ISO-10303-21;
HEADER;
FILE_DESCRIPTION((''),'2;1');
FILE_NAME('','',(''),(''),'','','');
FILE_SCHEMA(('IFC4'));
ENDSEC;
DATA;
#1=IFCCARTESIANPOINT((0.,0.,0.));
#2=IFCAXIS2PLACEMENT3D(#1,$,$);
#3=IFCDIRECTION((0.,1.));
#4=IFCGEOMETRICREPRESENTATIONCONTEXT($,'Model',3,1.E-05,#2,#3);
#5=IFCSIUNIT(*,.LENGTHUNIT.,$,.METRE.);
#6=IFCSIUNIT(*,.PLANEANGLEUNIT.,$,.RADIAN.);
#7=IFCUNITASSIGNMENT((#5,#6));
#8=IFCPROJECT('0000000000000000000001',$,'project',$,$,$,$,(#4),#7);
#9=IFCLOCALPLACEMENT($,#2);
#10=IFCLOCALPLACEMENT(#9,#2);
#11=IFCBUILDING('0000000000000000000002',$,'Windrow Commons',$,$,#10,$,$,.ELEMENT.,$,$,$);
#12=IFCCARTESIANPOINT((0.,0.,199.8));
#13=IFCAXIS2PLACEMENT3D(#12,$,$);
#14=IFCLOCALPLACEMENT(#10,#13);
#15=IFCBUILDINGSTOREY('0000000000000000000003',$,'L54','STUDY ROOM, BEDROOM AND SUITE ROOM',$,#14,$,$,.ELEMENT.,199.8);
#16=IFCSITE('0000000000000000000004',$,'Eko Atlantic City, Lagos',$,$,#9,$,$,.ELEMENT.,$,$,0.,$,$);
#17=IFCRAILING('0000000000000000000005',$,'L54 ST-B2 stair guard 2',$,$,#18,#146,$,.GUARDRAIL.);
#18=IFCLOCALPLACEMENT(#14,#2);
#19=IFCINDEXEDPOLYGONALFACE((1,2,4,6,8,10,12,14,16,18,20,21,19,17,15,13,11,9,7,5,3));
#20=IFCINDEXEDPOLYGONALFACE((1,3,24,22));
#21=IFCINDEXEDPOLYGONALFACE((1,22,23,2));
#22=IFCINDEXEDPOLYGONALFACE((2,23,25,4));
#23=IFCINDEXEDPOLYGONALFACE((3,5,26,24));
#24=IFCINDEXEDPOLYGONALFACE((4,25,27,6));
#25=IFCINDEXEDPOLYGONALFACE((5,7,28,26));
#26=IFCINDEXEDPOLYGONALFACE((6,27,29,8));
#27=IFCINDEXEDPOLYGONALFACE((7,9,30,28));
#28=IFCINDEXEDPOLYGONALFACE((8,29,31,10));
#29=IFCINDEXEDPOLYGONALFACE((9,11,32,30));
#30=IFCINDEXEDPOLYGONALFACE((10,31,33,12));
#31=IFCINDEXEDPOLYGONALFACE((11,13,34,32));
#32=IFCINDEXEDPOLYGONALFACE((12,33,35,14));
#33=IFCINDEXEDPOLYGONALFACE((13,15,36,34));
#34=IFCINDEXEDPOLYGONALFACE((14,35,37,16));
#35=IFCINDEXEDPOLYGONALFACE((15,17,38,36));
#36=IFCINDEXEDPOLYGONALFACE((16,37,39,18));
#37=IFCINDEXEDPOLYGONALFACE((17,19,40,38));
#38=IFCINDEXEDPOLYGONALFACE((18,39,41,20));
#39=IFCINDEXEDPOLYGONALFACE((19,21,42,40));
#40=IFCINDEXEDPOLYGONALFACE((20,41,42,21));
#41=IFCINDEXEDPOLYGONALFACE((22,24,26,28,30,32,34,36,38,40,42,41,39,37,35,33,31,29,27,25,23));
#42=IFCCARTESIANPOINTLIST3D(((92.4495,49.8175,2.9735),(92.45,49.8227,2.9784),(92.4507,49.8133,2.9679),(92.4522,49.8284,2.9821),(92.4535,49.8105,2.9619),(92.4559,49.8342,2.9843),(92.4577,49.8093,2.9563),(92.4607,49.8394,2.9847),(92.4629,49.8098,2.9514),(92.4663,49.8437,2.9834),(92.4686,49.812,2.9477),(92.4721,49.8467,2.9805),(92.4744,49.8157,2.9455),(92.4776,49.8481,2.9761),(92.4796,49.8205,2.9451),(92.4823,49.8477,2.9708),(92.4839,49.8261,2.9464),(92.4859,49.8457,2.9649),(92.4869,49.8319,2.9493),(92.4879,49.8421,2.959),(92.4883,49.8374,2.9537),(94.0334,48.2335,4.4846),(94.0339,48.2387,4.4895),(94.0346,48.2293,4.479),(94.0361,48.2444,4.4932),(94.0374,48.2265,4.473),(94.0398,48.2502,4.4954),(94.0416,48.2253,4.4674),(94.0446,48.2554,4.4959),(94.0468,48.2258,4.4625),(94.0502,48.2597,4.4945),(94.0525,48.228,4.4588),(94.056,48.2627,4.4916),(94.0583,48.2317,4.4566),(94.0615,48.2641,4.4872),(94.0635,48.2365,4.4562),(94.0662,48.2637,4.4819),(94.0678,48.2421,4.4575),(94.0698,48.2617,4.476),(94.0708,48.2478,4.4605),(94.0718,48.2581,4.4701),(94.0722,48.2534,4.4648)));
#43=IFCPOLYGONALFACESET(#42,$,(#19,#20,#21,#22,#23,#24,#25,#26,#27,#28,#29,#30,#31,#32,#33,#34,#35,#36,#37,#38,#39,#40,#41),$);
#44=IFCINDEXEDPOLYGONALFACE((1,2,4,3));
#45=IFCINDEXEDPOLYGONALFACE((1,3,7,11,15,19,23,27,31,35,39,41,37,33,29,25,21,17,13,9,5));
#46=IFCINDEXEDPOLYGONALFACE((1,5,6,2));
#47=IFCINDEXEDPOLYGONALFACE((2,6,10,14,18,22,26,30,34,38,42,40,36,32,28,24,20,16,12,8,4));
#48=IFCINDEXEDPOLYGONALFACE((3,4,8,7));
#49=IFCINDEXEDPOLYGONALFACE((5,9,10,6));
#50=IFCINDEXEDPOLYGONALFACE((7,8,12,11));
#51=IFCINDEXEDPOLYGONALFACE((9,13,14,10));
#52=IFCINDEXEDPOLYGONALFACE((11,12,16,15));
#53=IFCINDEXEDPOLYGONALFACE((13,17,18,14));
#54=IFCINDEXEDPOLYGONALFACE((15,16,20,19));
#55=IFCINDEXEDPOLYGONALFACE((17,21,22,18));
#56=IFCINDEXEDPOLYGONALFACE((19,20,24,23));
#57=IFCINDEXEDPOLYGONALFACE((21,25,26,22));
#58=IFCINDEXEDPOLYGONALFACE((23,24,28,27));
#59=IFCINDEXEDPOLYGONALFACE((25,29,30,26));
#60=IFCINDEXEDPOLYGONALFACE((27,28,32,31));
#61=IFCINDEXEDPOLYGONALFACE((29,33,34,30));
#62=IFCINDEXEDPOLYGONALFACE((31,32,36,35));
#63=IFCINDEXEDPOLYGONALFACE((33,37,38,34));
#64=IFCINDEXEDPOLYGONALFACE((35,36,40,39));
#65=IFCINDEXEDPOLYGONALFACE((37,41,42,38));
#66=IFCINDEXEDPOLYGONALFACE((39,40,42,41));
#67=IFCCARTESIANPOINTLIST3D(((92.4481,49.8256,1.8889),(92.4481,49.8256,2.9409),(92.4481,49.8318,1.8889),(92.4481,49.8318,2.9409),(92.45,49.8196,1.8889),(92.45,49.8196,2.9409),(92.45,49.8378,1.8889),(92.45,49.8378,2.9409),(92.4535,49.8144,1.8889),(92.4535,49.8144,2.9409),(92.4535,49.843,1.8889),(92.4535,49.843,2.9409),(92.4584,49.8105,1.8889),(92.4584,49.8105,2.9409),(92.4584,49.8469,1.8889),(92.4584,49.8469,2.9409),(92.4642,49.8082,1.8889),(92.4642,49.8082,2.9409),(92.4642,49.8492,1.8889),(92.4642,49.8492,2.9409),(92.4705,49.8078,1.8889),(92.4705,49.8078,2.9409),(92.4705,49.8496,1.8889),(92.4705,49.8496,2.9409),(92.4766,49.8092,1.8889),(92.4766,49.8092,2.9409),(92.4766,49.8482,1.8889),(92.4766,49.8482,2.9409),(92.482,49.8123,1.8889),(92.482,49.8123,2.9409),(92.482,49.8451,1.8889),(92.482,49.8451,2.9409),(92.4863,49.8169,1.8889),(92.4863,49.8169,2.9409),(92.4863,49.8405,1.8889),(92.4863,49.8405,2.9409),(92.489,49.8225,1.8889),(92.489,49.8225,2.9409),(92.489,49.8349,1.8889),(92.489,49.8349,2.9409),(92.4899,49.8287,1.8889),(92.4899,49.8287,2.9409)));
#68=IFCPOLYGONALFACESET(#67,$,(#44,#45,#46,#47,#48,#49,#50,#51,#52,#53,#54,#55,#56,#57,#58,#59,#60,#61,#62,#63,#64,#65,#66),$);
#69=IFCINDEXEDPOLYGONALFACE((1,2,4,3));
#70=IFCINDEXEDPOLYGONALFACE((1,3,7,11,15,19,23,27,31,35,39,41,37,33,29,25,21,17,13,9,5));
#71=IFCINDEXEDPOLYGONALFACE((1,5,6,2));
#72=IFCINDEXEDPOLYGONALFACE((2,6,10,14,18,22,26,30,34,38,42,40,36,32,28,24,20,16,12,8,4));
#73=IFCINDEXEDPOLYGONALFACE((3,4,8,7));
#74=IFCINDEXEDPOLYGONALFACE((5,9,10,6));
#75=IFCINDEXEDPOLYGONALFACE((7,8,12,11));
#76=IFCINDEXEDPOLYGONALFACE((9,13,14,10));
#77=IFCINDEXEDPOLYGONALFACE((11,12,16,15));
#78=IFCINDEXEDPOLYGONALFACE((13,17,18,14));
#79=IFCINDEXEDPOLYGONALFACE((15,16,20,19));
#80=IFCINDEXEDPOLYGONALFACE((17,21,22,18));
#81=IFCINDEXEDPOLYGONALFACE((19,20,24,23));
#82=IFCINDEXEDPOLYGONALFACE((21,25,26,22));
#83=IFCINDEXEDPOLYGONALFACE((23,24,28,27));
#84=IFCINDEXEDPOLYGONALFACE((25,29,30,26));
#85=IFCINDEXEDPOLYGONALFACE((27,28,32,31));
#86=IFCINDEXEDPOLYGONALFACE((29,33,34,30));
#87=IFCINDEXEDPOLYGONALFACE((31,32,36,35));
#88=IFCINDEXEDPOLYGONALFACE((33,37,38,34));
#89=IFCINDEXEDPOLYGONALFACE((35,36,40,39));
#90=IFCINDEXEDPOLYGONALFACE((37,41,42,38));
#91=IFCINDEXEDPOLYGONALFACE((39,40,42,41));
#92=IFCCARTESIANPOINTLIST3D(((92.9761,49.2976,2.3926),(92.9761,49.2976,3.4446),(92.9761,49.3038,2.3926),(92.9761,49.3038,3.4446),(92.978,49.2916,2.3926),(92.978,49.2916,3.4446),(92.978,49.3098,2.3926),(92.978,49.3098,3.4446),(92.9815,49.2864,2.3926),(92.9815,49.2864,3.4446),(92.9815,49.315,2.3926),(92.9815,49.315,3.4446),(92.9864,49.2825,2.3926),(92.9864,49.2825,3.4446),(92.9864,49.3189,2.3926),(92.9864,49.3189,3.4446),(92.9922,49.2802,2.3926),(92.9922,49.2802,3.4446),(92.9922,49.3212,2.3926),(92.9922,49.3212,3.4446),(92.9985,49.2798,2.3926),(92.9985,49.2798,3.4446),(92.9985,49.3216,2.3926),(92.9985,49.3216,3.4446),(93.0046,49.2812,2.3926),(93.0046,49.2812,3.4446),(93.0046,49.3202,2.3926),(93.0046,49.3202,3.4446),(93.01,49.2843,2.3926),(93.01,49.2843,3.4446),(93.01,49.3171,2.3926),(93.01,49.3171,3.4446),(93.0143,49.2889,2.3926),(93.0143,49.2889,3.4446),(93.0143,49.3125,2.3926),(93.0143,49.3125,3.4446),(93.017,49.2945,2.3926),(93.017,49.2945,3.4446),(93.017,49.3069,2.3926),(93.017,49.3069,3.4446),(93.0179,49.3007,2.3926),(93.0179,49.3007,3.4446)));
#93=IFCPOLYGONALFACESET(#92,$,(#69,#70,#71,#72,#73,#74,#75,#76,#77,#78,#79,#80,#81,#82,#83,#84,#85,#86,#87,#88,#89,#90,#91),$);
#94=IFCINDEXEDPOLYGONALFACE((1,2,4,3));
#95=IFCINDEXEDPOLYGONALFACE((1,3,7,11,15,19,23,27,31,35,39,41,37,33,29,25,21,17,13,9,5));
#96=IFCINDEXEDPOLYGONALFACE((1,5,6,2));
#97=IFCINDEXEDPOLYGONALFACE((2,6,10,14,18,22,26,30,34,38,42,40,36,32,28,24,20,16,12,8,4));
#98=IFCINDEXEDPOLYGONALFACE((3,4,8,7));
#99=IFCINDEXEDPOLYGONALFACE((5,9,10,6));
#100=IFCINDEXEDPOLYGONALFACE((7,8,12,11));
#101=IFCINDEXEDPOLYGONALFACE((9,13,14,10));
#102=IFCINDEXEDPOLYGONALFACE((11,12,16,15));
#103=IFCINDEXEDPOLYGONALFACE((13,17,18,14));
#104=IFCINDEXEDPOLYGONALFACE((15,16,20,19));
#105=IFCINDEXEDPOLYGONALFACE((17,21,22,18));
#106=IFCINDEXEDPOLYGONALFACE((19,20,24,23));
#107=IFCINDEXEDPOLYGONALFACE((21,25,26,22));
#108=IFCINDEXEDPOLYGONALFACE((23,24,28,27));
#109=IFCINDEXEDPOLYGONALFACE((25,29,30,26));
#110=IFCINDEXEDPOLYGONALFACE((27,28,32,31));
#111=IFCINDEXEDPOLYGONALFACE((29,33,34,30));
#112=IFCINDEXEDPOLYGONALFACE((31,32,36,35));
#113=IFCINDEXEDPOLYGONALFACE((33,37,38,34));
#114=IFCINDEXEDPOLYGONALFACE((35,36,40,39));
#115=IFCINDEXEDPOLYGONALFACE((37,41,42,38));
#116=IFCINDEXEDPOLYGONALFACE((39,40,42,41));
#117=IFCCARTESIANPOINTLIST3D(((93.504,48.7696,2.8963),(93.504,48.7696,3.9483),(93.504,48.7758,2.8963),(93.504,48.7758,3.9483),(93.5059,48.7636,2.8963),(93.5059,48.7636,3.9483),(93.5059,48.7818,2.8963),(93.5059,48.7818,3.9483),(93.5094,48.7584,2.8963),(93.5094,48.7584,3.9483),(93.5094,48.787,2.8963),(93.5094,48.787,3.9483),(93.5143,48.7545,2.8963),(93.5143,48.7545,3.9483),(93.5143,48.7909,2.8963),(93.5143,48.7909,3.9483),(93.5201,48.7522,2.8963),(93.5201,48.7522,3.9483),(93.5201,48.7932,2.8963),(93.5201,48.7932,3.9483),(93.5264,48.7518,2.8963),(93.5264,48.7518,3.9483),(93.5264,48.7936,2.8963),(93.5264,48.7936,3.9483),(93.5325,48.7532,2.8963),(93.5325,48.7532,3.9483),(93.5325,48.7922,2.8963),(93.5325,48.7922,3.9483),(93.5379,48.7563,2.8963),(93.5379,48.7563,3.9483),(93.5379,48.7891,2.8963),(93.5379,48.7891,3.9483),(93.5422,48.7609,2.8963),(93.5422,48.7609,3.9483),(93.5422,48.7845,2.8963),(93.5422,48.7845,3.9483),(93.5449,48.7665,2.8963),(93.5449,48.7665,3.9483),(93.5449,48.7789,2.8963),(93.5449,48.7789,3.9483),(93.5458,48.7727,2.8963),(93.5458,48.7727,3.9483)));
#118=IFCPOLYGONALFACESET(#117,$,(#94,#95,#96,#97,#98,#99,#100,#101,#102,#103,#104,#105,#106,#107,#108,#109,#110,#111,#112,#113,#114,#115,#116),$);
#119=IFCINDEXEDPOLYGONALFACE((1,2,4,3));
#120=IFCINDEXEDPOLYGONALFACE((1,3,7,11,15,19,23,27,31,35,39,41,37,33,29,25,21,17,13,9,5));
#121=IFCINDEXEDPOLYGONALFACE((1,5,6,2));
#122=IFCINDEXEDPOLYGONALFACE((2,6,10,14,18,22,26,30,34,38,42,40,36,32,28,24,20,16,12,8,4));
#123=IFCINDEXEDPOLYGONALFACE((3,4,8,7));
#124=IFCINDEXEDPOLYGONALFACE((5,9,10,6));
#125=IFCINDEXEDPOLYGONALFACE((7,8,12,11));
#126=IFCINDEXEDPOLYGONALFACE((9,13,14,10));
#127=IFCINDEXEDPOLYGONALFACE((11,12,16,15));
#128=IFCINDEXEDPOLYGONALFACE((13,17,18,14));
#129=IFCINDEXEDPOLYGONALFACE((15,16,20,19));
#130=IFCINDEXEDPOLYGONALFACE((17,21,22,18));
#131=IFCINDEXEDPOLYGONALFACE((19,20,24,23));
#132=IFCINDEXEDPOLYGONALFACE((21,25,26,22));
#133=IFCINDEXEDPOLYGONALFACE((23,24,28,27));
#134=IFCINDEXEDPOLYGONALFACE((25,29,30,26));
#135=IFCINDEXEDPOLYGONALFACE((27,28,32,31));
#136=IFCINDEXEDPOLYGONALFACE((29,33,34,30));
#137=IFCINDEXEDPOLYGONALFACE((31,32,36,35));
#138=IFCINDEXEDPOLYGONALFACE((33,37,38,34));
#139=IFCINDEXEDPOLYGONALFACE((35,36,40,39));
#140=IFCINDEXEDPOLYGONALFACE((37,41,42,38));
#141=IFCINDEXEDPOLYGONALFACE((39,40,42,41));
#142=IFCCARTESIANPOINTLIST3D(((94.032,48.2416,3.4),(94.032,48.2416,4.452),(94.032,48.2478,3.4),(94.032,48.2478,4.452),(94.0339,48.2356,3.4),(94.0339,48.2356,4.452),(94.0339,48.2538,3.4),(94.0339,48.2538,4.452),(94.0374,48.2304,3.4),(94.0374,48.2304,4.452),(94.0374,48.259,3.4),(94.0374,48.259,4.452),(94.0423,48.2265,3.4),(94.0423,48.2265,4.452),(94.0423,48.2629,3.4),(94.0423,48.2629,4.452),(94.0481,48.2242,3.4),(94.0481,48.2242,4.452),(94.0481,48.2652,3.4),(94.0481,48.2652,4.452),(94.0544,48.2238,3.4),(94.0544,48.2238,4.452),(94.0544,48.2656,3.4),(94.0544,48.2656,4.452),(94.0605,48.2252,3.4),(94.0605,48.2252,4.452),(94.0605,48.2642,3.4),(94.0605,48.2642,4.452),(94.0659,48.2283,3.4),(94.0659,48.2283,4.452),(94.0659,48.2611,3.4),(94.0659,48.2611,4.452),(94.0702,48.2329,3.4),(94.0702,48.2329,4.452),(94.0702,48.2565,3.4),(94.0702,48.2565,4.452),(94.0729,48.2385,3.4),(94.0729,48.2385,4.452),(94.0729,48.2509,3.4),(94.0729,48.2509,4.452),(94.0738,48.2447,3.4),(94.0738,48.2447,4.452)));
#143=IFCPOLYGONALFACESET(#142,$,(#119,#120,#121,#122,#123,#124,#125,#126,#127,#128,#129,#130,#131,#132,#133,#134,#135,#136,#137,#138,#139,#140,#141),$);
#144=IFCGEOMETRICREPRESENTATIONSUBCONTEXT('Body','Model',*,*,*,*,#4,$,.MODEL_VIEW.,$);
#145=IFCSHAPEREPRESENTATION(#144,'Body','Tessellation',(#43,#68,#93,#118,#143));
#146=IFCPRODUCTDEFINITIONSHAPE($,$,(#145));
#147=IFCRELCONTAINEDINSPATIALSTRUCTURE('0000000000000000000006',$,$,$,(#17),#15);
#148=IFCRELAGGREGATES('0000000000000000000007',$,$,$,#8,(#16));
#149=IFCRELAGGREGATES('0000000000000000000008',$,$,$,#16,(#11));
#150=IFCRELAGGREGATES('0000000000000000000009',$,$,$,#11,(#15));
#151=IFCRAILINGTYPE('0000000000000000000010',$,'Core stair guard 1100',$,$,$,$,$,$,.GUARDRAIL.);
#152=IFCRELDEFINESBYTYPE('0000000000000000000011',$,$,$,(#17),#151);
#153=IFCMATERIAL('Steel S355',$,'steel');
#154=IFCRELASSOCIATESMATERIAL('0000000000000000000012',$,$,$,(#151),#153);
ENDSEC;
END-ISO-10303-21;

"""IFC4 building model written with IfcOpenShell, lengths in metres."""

from ifc_helpers import new_model, si_unit, direction, frame, origin, origin_2d, place, context, subcontext, project, spatial, circle, extrude, material, type_object, element, save


model = new_model("IFC4")

# Units and contexts
model_context = context("Model", 3, precision=1e-05, world=origin(), true_north=direction((0.0, 1.0)))
body_context = subcontext(model_context, "Body", "Model", "MODEL_VIEW")
ifc_project = project(units=[si_unit("LENGTHUNIT", "METRE"), si_unit("PLANEANGLEUNIT", "RADIAN")], contexts=[model_context])

# Site, building, storey
site_placement = place(None, origin())
site = spatial("IfcSite", under=ifc_project, at=site_placement, Name="Eko Atlantic City, Lagos", CompositionType="ELEMENT", RefElevation=0.0)
building_placement = place(site_placement, origin())
building = spatial("IfcBuilding", under=site, at=building_placement, Name="Windrow Commons", CompositionType="ELEMENT")
storey_placement = place(building_placement, frame((0.0, 0.0, 199.8)))
storey = spatial("IfcBuildingStorey", under=building, at=storey_placement, Name="L54", Description="STUDY ROOM, BEDROOM AND SUITE ROOM", CompositionType="ELEMENT", Elevation=199.8)

# Railing
ifc_material_1 = material(Name="Steel S355", Category="steel")
railing_type_1 = type_object("IfcRailingType", Name="Core stair guard 1100", PredefinedType="GUARDRAIL", material=ifc_material_1)
railing_1_placement = place(storey_placement, frame((92.4689, 49.8287, 1.8889)))
element("IfcRailing", 1, at=railing_1_placement, inside=storey, type_object=railing_type_1, Name="L54 ST-B2 stair guard 2", PredefinedType="GUARDRAIL", context=body_context, shape_type="SweptSolid", body=[
    extrude(circle(Radius=0.024, at=origin_2d()), frame((0.0, 0.0, 1.076), z_axis=(0.586179, -0.586216, 0.559237), x_axis=(0.707129, 0.707084, 0.0)), (0.0, 0.0, 1.0), 2.7021),
    extrude(circle(Radius=0.021, at=origin_2d()), origin(), (0.0, 0.0, 1.0), 1.052),
    extrude(circle(Radius=0.021, at=origin_2d()), frame((0.528, -0.528, 0.5037)), (0.0, 0.0, 1.0), 1.052),
    extrude(circle(Radius=0.021, at=origin_2d()), frame((1.0559, -1.056, 1.0074)), (0.0, 0.0, 1.0), 1.052),
    extrude(circle(Radius=0.021, at=origin_2d()), frame((1.5839, -1.584, 1.5111)), (0.0, 0.0, 1.0), 1.052),
])

save(model, "model.ifc")
